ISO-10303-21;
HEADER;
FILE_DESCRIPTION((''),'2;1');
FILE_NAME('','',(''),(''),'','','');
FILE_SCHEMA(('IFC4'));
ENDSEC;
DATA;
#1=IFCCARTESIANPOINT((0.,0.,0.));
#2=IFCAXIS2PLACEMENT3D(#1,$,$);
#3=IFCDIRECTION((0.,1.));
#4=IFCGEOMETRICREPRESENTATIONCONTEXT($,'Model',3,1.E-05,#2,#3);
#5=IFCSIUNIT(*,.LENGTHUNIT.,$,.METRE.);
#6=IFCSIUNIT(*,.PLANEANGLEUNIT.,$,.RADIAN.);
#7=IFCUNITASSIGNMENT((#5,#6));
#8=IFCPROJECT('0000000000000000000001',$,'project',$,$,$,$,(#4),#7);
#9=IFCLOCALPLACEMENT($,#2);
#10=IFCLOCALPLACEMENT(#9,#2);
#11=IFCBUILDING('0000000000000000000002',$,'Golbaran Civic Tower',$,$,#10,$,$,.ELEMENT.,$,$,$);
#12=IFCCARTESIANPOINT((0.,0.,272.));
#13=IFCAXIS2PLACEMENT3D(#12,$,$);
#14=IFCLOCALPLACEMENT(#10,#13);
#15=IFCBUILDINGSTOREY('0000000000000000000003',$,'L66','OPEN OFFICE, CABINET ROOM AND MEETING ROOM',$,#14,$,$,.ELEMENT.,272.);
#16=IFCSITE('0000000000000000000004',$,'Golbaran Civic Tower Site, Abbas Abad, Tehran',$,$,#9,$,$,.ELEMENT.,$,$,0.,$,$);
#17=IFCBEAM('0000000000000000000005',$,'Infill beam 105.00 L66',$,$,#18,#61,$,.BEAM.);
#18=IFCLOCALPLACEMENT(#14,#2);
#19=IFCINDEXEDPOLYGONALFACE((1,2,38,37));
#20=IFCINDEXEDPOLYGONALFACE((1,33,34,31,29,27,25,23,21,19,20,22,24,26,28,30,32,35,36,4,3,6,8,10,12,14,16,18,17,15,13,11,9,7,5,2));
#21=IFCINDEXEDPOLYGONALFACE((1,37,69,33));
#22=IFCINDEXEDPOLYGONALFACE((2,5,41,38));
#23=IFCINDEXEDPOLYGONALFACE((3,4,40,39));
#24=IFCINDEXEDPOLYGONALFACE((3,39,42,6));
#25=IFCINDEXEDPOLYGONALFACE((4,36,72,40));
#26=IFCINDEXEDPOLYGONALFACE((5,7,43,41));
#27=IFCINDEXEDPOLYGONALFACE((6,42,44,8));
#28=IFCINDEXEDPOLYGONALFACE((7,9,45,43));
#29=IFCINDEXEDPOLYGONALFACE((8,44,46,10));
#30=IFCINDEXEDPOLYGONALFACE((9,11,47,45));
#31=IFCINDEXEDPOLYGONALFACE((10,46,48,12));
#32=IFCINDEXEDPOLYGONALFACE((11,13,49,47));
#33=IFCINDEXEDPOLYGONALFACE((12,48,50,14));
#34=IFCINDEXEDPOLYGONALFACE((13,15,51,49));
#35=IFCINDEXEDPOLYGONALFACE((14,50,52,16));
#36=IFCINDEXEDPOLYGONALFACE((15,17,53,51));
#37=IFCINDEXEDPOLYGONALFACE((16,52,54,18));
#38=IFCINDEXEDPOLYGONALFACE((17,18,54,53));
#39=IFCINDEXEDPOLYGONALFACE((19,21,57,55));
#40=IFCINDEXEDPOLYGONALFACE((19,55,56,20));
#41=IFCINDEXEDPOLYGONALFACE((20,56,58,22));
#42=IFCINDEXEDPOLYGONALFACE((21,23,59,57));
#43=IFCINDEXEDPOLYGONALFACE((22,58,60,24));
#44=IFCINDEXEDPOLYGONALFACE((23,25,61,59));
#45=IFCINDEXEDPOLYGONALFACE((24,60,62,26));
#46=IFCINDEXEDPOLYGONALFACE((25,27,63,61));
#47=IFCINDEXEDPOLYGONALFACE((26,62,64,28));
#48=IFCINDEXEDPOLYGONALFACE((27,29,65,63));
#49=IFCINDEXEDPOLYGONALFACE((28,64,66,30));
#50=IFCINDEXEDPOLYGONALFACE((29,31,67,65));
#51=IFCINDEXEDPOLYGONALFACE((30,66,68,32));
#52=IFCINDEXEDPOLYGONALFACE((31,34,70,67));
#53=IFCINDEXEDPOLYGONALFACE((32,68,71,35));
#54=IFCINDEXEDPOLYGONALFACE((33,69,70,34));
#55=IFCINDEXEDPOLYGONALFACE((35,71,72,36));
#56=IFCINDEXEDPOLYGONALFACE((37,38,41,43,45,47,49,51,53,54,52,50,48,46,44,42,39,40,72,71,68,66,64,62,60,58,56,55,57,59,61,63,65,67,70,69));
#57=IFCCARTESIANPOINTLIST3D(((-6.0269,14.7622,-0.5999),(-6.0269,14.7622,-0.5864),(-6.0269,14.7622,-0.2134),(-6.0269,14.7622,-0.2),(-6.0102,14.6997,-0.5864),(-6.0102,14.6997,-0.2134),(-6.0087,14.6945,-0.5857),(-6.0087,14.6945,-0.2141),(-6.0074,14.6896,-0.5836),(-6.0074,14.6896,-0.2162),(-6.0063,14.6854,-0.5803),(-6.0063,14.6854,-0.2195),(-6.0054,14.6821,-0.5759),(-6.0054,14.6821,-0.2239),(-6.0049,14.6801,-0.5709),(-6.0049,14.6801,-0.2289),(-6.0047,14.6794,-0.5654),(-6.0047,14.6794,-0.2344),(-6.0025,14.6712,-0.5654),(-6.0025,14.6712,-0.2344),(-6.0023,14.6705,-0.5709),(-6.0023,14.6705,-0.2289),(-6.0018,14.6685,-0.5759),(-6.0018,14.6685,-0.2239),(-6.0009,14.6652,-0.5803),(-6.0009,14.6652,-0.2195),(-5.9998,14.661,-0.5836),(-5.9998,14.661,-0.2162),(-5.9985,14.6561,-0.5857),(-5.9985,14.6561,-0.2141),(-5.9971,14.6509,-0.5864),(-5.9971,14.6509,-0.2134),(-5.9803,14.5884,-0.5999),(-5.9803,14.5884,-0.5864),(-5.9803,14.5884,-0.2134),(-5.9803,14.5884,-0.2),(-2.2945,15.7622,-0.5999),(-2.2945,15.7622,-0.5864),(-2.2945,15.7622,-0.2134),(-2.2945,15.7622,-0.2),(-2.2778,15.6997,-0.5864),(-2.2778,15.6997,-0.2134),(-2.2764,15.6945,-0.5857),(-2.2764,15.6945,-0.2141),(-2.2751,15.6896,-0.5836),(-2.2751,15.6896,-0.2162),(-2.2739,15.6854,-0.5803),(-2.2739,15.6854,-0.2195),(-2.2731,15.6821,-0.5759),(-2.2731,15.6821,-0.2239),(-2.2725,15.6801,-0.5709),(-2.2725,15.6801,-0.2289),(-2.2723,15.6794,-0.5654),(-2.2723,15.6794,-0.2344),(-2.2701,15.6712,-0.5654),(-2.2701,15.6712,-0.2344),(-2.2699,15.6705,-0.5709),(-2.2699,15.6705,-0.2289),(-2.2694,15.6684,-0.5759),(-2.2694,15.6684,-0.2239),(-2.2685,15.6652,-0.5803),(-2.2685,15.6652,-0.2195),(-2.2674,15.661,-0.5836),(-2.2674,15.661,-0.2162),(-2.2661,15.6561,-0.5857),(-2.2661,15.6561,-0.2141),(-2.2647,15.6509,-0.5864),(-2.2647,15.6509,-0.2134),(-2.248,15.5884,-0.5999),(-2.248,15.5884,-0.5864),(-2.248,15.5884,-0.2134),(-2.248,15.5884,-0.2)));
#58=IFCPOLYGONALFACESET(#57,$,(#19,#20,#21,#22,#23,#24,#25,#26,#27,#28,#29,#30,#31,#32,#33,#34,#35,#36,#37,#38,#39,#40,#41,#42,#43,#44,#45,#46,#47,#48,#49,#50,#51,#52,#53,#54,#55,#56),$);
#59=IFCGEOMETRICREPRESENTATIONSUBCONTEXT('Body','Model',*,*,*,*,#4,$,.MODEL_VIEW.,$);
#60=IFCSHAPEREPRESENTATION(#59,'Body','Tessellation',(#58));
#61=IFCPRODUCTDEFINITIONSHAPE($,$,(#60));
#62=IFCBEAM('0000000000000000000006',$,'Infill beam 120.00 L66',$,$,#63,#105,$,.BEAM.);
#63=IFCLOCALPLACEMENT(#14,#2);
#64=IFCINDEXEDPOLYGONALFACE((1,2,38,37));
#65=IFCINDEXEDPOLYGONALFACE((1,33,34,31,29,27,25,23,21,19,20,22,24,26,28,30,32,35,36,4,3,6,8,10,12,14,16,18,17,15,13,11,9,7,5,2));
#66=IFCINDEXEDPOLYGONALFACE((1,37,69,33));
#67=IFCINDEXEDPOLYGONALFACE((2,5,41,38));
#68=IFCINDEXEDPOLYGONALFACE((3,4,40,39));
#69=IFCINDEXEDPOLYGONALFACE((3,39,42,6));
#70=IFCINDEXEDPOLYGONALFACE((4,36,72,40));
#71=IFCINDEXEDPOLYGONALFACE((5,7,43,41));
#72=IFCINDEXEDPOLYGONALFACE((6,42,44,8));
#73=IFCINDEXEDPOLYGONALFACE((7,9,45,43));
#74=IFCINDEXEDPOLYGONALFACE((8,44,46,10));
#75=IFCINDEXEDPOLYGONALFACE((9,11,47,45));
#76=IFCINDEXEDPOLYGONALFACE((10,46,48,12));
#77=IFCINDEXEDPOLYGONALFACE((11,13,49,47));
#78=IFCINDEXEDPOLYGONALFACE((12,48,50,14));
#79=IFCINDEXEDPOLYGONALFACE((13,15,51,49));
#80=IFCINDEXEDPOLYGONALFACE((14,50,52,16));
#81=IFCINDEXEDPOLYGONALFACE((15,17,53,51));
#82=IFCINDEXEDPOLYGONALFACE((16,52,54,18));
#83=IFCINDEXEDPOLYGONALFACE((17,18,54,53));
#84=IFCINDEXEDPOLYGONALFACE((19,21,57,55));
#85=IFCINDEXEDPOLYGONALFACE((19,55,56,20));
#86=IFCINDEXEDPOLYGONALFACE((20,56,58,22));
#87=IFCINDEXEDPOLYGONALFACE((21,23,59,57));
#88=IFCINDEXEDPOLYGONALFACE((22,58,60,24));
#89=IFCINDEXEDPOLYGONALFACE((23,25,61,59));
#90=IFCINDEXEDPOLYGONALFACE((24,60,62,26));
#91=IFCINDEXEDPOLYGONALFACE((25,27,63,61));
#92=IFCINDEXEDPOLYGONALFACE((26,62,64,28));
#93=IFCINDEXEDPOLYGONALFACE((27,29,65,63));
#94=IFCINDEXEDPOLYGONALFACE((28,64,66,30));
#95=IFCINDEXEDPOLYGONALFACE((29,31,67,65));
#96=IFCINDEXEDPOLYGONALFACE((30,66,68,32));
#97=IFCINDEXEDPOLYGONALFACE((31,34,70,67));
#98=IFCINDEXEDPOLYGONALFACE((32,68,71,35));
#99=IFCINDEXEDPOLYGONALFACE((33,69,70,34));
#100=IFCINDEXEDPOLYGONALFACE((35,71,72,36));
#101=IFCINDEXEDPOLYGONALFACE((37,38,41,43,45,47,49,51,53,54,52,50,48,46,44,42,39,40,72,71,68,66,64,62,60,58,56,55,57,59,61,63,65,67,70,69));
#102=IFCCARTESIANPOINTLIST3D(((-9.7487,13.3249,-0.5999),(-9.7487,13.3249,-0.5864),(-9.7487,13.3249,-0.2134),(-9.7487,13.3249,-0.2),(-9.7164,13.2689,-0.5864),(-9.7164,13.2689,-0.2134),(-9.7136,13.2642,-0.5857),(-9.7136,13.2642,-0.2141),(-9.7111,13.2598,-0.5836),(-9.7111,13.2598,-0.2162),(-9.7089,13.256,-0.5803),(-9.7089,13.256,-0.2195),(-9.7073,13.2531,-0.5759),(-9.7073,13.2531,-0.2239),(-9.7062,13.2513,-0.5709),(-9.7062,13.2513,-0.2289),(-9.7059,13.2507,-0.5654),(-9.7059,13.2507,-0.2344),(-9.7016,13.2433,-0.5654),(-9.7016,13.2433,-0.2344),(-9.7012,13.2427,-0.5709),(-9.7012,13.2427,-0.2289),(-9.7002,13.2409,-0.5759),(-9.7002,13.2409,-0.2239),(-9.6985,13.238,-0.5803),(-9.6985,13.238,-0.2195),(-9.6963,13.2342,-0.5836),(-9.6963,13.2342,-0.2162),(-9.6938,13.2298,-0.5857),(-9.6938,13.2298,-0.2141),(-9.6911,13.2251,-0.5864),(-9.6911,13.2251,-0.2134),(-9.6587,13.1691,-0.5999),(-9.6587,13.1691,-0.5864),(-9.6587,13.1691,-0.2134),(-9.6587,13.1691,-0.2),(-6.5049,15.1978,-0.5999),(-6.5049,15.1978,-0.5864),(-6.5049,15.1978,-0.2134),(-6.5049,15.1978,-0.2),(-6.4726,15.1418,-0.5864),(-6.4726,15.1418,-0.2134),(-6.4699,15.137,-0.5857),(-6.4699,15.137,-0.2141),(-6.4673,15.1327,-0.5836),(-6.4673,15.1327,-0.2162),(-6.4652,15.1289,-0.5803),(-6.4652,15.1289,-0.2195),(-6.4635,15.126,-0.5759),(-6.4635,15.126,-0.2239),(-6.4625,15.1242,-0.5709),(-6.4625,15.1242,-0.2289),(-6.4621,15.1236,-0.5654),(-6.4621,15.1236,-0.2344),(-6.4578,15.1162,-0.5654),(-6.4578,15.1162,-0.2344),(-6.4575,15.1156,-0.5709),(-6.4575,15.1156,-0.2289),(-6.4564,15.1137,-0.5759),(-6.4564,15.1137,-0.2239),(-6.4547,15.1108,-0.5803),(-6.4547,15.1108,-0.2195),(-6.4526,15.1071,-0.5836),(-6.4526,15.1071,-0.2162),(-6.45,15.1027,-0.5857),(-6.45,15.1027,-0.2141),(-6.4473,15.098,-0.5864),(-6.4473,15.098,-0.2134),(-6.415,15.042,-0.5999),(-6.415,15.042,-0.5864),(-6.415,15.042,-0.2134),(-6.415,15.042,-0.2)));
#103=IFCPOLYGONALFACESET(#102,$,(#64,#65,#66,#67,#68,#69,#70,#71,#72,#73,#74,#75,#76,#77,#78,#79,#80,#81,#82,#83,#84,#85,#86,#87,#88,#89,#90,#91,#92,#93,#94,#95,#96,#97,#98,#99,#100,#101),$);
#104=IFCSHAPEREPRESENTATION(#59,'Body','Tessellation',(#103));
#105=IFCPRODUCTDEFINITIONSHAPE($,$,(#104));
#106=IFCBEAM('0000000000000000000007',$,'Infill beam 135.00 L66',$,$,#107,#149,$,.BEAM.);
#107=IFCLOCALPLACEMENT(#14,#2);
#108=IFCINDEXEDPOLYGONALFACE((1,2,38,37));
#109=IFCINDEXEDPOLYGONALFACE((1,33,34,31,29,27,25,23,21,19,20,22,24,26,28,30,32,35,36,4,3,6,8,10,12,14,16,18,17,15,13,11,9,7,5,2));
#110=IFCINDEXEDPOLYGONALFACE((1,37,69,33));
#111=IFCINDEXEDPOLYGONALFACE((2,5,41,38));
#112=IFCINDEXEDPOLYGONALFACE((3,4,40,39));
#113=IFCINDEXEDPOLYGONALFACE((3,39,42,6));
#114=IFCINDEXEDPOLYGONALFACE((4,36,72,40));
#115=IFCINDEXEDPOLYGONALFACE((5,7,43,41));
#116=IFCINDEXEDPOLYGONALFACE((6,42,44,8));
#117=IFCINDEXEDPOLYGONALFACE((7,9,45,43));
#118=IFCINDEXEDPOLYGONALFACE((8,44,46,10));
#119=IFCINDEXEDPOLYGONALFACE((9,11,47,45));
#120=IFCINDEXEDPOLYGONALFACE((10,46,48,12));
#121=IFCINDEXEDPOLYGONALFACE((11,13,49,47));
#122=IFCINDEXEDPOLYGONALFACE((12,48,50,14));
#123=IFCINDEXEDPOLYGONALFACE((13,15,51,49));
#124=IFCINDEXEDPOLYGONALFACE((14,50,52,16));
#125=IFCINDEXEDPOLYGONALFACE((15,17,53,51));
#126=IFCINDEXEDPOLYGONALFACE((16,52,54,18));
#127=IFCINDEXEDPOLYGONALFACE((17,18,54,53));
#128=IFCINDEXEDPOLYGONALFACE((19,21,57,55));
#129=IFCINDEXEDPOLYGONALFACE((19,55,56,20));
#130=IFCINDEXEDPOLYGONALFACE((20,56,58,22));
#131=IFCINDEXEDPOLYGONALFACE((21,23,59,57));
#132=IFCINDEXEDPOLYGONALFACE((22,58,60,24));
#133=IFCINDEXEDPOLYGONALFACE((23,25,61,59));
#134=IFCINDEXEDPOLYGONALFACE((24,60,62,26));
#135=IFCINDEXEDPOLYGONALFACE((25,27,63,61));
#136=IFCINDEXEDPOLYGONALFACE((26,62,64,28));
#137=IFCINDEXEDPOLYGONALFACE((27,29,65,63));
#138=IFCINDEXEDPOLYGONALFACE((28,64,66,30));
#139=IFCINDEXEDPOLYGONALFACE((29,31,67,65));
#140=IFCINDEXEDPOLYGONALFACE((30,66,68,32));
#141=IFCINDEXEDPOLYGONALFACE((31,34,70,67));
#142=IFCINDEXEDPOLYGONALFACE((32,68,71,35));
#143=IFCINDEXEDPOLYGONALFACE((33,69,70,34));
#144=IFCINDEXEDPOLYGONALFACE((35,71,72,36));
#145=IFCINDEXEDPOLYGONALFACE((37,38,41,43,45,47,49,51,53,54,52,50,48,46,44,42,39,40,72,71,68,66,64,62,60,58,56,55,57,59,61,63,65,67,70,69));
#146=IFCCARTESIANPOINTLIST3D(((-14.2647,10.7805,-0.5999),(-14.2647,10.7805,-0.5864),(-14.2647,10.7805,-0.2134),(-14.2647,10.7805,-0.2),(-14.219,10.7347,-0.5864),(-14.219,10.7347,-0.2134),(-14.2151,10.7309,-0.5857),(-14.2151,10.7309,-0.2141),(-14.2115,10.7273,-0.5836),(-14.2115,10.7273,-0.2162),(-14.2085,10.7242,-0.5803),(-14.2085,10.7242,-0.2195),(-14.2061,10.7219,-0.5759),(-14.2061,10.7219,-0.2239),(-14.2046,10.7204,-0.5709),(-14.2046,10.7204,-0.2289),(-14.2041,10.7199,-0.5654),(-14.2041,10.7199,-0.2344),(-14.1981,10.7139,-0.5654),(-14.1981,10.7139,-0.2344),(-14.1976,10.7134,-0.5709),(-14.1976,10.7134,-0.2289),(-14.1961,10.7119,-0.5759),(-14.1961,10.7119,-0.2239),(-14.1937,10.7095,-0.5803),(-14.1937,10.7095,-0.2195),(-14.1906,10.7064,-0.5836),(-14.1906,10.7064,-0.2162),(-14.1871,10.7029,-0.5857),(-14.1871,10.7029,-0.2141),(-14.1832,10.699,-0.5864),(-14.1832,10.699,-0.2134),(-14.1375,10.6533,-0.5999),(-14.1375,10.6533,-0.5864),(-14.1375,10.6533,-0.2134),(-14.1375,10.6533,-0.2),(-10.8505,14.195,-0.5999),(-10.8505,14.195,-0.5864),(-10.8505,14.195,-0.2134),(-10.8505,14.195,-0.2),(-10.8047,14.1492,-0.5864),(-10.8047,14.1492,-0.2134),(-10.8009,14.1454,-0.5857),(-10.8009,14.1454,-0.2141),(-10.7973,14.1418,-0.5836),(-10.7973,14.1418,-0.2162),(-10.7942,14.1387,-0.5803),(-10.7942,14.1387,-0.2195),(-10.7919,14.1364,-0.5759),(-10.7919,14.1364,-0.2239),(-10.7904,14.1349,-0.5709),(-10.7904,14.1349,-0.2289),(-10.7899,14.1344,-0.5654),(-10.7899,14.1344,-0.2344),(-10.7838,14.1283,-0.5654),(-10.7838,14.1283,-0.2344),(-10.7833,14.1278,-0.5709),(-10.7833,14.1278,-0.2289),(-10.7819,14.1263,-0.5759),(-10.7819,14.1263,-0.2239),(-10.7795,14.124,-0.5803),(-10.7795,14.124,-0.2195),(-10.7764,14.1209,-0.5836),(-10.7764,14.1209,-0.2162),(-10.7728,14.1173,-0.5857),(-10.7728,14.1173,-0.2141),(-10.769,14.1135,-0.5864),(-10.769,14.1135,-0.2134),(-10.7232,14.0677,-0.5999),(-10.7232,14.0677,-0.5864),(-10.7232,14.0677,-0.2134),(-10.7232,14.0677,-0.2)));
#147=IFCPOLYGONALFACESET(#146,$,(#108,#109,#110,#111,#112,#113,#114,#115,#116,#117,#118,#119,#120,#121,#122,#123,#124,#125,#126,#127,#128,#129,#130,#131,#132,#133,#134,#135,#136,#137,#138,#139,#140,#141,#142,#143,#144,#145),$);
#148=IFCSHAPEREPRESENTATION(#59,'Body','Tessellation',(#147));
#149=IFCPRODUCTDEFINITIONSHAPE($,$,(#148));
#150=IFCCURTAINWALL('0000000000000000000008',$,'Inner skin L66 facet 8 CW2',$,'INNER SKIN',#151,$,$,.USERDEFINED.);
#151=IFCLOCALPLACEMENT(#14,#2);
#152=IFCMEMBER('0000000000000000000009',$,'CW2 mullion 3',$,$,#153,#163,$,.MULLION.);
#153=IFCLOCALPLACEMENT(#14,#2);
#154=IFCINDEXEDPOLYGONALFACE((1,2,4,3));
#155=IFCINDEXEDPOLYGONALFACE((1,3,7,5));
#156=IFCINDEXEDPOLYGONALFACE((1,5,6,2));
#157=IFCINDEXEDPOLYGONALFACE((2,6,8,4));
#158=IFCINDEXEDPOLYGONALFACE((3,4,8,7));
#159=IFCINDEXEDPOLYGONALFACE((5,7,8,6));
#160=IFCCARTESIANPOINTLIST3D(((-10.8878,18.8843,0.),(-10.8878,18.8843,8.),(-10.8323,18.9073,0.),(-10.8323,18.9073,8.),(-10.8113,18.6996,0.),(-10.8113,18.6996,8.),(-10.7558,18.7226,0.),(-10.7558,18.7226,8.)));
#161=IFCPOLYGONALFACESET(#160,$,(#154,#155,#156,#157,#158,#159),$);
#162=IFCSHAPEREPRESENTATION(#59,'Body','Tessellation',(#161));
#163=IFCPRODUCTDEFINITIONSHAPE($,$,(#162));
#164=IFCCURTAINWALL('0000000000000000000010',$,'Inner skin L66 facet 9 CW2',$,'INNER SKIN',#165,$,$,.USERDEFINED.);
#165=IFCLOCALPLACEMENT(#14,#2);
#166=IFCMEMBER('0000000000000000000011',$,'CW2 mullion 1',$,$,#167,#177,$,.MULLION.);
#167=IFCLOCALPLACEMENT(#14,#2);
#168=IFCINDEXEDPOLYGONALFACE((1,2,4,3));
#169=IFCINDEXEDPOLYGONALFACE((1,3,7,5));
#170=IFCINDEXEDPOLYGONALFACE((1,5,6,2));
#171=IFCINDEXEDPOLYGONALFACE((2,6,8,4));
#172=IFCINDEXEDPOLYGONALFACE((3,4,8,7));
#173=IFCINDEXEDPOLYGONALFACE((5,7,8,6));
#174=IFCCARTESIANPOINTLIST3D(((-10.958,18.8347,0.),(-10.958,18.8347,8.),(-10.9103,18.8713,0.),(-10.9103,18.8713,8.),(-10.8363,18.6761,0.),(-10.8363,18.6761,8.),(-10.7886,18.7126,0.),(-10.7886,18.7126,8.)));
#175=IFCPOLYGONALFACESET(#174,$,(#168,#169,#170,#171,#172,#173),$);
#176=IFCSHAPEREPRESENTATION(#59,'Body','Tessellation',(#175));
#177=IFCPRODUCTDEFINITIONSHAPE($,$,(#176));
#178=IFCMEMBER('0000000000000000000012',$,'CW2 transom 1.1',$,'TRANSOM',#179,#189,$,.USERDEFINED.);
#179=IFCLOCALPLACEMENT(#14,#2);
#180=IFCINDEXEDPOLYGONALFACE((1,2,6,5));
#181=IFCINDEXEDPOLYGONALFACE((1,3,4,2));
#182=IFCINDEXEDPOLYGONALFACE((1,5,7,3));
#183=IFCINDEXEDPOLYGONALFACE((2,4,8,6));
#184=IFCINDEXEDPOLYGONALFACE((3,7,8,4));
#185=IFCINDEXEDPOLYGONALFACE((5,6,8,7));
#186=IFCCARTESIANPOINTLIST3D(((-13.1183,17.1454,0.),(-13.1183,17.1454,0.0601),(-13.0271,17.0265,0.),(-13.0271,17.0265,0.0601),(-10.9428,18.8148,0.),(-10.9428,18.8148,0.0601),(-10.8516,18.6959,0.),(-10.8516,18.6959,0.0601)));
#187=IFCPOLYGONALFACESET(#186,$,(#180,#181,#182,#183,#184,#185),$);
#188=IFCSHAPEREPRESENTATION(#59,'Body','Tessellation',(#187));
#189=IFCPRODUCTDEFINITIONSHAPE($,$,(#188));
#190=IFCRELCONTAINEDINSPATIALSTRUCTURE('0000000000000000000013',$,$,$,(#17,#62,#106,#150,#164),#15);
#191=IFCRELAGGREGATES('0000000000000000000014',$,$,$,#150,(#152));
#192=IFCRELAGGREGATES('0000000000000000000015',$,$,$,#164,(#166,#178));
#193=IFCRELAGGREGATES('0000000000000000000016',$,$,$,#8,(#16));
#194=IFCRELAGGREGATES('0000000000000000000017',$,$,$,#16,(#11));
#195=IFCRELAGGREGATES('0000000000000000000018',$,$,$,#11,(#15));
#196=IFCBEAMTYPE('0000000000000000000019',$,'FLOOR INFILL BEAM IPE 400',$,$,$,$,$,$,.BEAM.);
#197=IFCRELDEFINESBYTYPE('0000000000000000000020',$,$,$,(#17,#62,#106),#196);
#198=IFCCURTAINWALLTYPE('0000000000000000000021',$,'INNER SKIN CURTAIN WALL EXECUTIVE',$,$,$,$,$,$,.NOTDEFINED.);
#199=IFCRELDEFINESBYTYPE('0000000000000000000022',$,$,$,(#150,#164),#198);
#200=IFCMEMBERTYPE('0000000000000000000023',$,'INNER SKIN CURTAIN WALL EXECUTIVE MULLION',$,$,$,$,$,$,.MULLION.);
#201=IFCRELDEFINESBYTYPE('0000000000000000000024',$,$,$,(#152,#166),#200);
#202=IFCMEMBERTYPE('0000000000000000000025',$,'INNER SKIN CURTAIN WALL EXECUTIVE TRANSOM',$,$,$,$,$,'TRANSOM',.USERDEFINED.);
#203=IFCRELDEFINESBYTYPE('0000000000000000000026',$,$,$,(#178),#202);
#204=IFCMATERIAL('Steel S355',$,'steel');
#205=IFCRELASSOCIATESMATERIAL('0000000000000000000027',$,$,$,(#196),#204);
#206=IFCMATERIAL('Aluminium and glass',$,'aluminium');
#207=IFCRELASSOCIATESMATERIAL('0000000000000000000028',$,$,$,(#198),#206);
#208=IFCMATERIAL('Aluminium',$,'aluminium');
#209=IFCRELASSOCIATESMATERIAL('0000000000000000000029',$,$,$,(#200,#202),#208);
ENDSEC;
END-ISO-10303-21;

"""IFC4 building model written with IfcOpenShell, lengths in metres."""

from ifc_helpers import new_model, si_unit, direction, frame, origin, origin_2d, place, context, subcontext, project, spatial, rectangle, i_section, extrude, material, material_profile, profile_set, type_object, element, aggregate, save


model = new_model("IFC4")

# Units and contexts
model_context = context("Model", 3, precision=1e-05, world=origin(), true_north=direction((0.0, 1.0)))
body_context = subcontext(model_context, "Body", "Model", "MODEL_VIEW")
ifc_project = project(units=[si_unit("LENGTHUNIT", "METRE"), si_unit("PLANEANGLEUNIT", "RADIAN")], contexts=[model_context])

# Site, building, storey
site_placement = place(None, origin())
site = spatial("IfcSite", under=ifc_project, at=site_placement, Name="Golbaran Civic Tower Site, Abbas Abad, Tehran", CompositionType="ELEMENT", RefElevation=0.0)
building_placement = place(site_placement, origin())
building = spatial("IfcBuilding", under=site, at=building_placement, Name="Golbaran Civic Tower", CompositionType="ELEMENT")
storey_placement = place(building_placement, frame((0.0, 0.0, 272.0)))
storey = spatial("IfcBuildingStorey", under=building, at=storey_placement, Name="L66", Description="OPEN OFFICE, CABINET ROOM AND MEETING ROOM", CompositionType="ELEMENT", Elevation=272.0)

# Beams
ifc_material_1 = material(Name="Steel S355", Category="steel")
ifc_material_profile_1 = material_profile(ifc_material_1, i_section(OverallWidth=0.1799, OverallDepth=0.3999, WebThickness=0.0085, FlangeThickness=0.0134, FilletRadius=0.021, at=origin_2d()), Name="IPE 400")
ifc_profile_set_1 = profile_set([ifc_material_profile_1], Name="Steel S355")
beam_type_1 = type_object("IfcBeamType", Name="FLOOR INFILL BEAM IPE 400", PredefinedType="BEAM", material=ifc_profile_set_1)
beam_1_placement = place(storey_placement, frame((-2.2712, 15.6753, -0.3999), z_axis=(-0.965932, -0.258795, 0.0), x_axis=(0.258795, -0.965932, 0.0)))
element("IfcBeam", 1, at=beam_1_placement, inside=storey, type_object=beam_type_1, Name="Infill beam 105.00 L66", PredefinedType="BEAM", context=body_context, shape_type="SweptSolid", body=[
    extrude(i_section(OverallWidth=0.1799, OverallDepth=0.3999, WebThickness=0.0085, FlangeThickness=0.0134, FilletRadius=0.021, at=origin_2d()), origin(), (0.0, 0.0, 1.0), 3.864),
])
beam_2_placement = place(storey_placement, frame((-6.46, 15.1199, -0.3999), z_axis=(-0.866016, -0.500016, 0.0), x_axis=(0.500016, -0.866016, 0.0)))
element("IfcBeam", 2, at=beam_2_placement, inside=storey, type_object=beam_type_1, Name="Infill beam 120.00 L66", PredefinedType="BEAM", context=body_context, shape_type="SweptSolid", body=[
    extrude(i_section(OverallWidth=0.1799, OverallDepth=0.3999, WebThickness=0.0085, FlangeThickness=0.0134, FilletRadius=0.021, at=origin_2d()), origin(), (0.0, 0.0, 1.0), 3.7456),
])
beam_3_placement = place(storey_placement, frame((-10.7869, 14.1313, -0.3999), z_axis=(-0.707082, -0.707132, 0.0), x_axis=(0.707132, -0.707082, 0.0)))
element("IfcBeam", 3, at=beam_3_placement, inside=storey, type_object=beam_type_1, Name="Infill beam 135.00 L66", PredefinedType="BEAM", context=body_context, shape_type="SweptSolid", body=[
    extrude(i_section(OverallWidth=0.1799, OverallDepth=0.3999, WebThickness=0.0085, FlangeThickness=0.0134, FilletRadius=0.021, at=origin_2d()), origin(), (0.0, 0.0, 1.0), 4.8286),
])

# Curtain wall, member
ifc_material_2 = material(Name="Aluminium and glass", Category="aluminium")
curtain_wall_type = type_object("IfcCurtainWallType", Name="INNER SKIN CURTAIN WALL EXECUTIVE", PredefinedType="NOTDEFINED", material=ifc_material_2)
curtain_wall_1_placement = place(storey_placement, origin())
curtain_wall_1 = element("IfcCurtainWall", 4, at=curtain_wall_1_placement, inside=storey, type_object=curtain_wall_type, Name="Inner skin L66 facet 8 CW2", ObjectType="INNER SKIN", PredefinedType="USERDEFINED")
ifc_material_3 = material(Name="Aluminium", Category="aluminium")
ifc_material_profile_2 = material_profile(ifc_material_3, rectangle(XDim=0.2, YDim=0.0601, at=origin_2d()), Name="INNER SKIN CURTAIN WALL EXECUTIVE MULLION")
ifc_profile_set_2 = profile_set([ifc_material_profile_2], Name="Aluminium")
member_type_1 = type_object("IfcMemberType", Name="INNER SKIN CURTAIN WALL EXECUTIVE MULLION", PredefinedType="MULLION", material=ifc_profile_set_2)
member_1_placement = place(storey_placement, frame((-10.8218, 18.8035, 0.0), z_axis=(0.0, 0.0, 1.0), x_axis=(0.382683, -0.92388, 0.0)))
member_1 = element("IfcMember", 5, at=member_1_placement, type_object=member_type_1, Name="CW2 mullion 3", PredefinedType="MULLION", context=body_context, shape_type="SweptSolid", body=[
    extrude(rectangle(XDim=0.2, YDim=0.0601, at=origin_2d()), origin(), (0.0, 0.0, 1.0), 8.0),
])
aggregate(curtain_wall_1, [member_1])

# Curtain wall, members
curtain_wall_2_placement = place(storey_placement, origin())
curtain_wall_2 = element("IfcCurtainWall", 6, at=curtain_wall_2_placement, inside=storey, type_object=curtain_wall_type, Name="Inner skin L66 facet 9 CW2", ObjectType="INNER SKIN", PredefinedType="USERDEFINED")
member_2_placement = place(storey_placement, frame((-10.8733, 18.7737, 0.0), z_axis=(0.0, 0.0, 1.0), x_axis=(0.608761, -0.793353, 0.0)))
member_2 = element("IfcMember", 7, at=member_2_placement, type_object=member_type_1, Name="CW2 mullion 1", PredefinedType="MULLION", context=body_context, shape_type="SweptSolid", body=[
    extrude(rectangle(XDim=0.2, YDim=0.0601, at=origin_2d()), origin(), (0.0, 0.0, 1.0), 8.0),
])
ifc_material_profile_3 = material_profile(ifc_material_3, rectangle(XDim=0.1499, YDim=0.0601, at=origin_2d()), Name="INNER SKIN CURTAIN WALL EXECUTIVE TRANSOM")
ifc_profile_set_3 = profile_set([ifc_material_profile_3], Name="Aluminium")
member_type_2 = type_object("IfcMemberType", Name="INNER SKIN CURTAIN WALL EXECUTIVE TRANSOM", ElementType="TRANSOM", PredefinedType="USERDEFINED", material=ifc_profile_set_3)
member_3_placement = place(storey_placement, frame((-10.8972, 18.7554, 0.03), z_axis=(-0.793338, -0.608781, 0.0), x_axis=(0.608781, -0.793338, 0.0)))
member_3 = element("IfcMember", 8, at=member_3_placement, type_object=member_type_2, Name="CW2 transom 1.1", ObjectType="TRANSOM", PredefinedType="USERDEFINED", context=body_context, shape_type="SweptSolid", body=[
    extrude(rectangle(XDim=0.1499, YDim=0.0601, at=origin_2d()), origin(), (0.0, 0.0, 1.0), 2.7422),
])

aggregate(curtain_wall_2, [member_2, member_3])

save(model, "model.ifc")
